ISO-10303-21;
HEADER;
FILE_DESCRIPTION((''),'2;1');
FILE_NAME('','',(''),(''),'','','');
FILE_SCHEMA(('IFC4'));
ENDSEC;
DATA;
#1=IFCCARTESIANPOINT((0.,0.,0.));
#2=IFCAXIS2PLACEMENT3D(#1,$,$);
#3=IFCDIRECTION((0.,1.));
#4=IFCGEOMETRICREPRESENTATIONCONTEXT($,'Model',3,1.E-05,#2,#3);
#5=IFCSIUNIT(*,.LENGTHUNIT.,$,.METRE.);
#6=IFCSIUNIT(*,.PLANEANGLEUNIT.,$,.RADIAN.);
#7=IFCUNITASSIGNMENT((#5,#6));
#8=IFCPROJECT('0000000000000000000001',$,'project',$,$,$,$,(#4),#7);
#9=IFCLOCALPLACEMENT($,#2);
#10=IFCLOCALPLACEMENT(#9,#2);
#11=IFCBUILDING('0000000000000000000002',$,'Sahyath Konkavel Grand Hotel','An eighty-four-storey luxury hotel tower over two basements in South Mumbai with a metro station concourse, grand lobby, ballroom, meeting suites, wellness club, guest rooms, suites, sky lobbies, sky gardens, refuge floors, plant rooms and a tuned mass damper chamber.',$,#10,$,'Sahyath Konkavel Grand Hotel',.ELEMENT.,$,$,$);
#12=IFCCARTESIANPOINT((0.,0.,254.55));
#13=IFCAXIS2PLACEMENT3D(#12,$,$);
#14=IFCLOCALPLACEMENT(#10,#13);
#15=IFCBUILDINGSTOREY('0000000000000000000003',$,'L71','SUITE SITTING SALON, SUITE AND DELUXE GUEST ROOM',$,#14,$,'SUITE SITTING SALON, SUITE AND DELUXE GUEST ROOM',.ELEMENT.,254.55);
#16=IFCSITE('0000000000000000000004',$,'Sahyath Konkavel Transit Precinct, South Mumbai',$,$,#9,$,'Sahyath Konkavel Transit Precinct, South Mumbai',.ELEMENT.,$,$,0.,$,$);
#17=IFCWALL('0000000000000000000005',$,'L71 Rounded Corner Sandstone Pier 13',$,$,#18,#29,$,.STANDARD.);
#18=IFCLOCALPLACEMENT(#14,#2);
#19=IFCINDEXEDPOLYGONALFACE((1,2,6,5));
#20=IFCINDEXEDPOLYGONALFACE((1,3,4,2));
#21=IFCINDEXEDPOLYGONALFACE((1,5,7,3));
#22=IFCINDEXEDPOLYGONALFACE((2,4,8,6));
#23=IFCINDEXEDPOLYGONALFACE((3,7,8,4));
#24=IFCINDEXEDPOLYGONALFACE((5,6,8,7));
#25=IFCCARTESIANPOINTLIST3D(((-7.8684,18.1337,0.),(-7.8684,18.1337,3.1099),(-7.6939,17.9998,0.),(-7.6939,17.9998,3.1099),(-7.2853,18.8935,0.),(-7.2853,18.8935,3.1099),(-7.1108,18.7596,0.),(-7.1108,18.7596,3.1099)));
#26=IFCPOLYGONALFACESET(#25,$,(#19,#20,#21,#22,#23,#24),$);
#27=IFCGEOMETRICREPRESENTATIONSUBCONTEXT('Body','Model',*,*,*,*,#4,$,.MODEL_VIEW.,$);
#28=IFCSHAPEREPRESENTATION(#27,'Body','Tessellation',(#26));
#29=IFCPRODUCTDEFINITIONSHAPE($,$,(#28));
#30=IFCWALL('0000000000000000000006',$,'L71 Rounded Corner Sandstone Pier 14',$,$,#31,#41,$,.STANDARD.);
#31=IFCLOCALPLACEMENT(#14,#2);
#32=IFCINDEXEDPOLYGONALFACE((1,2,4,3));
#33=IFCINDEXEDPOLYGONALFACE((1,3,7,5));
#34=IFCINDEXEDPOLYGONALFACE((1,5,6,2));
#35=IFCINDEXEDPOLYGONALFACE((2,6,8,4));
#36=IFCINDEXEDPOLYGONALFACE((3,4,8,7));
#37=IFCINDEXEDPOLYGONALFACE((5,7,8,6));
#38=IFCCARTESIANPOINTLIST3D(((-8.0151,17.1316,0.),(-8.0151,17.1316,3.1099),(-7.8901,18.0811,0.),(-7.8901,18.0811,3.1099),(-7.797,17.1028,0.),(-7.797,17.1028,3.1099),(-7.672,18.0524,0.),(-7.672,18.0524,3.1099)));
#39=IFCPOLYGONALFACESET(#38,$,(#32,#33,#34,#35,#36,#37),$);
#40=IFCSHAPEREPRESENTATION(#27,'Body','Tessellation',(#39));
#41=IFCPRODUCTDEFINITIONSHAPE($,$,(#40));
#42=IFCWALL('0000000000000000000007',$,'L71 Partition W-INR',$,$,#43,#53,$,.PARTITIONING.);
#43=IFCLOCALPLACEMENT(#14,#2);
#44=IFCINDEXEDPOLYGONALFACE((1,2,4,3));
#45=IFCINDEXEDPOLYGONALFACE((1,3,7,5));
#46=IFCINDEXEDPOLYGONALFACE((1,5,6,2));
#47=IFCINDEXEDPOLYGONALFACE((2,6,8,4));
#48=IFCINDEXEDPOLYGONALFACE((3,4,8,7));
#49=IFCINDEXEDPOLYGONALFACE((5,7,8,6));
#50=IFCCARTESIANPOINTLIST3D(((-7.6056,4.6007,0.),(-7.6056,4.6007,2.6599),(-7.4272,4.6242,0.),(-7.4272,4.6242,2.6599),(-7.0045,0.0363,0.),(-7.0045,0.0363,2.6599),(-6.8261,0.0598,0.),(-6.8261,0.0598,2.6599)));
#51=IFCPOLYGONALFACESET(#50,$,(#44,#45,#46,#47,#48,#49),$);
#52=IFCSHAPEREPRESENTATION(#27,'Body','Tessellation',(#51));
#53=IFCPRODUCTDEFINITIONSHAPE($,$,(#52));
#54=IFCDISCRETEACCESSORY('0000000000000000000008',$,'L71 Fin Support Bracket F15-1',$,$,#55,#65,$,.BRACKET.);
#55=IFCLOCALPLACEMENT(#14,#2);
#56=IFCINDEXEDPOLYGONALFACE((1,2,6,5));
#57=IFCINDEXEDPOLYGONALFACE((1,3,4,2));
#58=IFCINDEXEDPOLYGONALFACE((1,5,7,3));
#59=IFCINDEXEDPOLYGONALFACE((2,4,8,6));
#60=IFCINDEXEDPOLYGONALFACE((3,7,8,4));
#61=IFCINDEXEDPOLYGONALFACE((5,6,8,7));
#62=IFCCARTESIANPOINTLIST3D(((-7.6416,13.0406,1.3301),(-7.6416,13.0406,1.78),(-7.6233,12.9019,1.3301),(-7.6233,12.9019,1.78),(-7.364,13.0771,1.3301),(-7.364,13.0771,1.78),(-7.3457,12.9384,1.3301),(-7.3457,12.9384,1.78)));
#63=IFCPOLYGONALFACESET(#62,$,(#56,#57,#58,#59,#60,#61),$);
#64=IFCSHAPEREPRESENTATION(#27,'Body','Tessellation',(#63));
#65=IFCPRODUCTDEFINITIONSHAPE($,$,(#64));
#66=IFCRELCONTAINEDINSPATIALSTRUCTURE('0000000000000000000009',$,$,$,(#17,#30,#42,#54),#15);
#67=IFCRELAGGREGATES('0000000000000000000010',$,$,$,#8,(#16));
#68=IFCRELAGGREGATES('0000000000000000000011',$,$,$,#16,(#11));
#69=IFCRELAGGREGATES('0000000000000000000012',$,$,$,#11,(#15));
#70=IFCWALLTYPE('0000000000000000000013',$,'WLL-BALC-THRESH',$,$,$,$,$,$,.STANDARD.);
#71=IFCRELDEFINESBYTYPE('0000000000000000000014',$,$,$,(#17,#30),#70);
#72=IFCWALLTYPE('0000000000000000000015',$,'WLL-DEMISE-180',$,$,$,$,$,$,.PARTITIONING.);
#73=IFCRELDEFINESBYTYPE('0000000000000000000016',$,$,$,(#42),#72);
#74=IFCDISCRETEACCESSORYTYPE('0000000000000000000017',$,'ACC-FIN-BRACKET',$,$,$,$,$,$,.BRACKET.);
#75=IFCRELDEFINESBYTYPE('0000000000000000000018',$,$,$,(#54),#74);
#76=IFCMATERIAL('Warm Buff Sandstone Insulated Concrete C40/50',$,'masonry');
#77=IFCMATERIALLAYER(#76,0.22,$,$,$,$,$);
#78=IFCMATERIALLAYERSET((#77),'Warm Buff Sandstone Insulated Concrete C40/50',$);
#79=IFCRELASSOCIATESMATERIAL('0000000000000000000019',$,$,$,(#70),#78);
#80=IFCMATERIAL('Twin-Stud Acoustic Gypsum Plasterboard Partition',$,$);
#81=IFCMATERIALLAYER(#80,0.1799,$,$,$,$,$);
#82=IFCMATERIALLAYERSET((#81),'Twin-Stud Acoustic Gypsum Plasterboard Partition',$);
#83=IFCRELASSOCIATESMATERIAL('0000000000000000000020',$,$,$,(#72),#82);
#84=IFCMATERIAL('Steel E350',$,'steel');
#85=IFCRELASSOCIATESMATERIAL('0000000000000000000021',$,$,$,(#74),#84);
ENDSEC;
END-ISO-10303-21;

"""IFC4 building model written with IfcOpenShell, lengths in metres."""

from ifc_helpers import new_model, si_unit, direction, frame, frame_2d, origin, origin_2d, place, context, subcontext, project, spatial, rectangle, extrude, source, transform, mapped, material, layer, layer_set, type_object, element, save


model = new_model("IFC4")

# Units and contexts
model_context = context("Model", 3, precision=1e-05, world=origin(), true_north=direction((0.0, 1.0)))
body_context = subcontext(model_context, "Body", "Model", "MODEL_VIEW")
ifc_project = project(units=[si_unit("LENGTHUNIT", "METRE"), si_unit("PLANEANGLEUNIT", "RADIAN")], contexts=[model_context])

# Site, building, storey
site_placement = place(None, origin())
site = spatial("IfcSite", under=ifc_project, at=site_placement, Name="Sahyath Konkavel Transit Precinct, South Mumbai", LongName="Sahyath Konkavel Transit Precinct, South Mumbai", CompositionType="ELEMENT", RefElevation=0.0)
building_placement = place(site_placement, origin())
building = spatial("IfcBuilding", under=site, at=building_placement, Name="Sahyath Konkavel Grand Hotel", Description="An eighty-four-storey luxury hotel tower over two basements in South Mumbai with a metro station concourse, grand lobby, ballroom, meeting suites, wellness club, guest rooms, suites, sky lobbies, sky gardens, refuge floors, plant rooms and a tuned mass damper chamber.", LongName="Sahyath Konkavel Grand Hotel", CompositionType="ELEMENT")
storey_placement = place(building_placement, frame((0.0, 0.0, 254.55)))
storey = spatial("IfcBuildingStorey", under=building, at=storey_placement, Name="L71", Description="SUITE SITTING SALON, SUITE AND DELUXE GUEST ROOM", LongName="SUITE SITTING SALON, SUITE AND DELUXE GUEST ROOM", CompositionType="ELEMENT", Elevation=254.55)

# Shared definitions
ifc_material_1 = material(Name="Steel E350", Category="steel")

# Walls
ifc_material_2 = material(Name="Warm Buff Sandstone Insulated Concrete C40/50", Category="masonry")
ifc_layer_1 = layer(ifc_material_2, 0.22)
ifc_layer_set_1 = layer_set([ifc_layer_1], Name="Warm Buff Sandstone Insulated Concrete C40/50")
wall_type_1 = type_object("IfcWallType", Name="WLL-BALC-THRESH", PredefinedType="STANDARD", material=ifc_layer_set_1)
for number, where, z_axis, x_axis, name in (
    (1, (-7.198, 18.8267, 0.0), (0.0, 0.0, 1.0), (-0.608774, -0.793344, 0.0), "L71 Rounded Corner Sandstone Pier 13"),
    (2, (-7.781, 18.0669, 0.0), (0.0, 0.0, 1.0), (-0.130527, -0.991445, 0.0), "L71 Rounded Corner Sandstone Pier 14"),
):
    element("IfcWall", number, at=place(storey_placement, frame(where, z_axis=z_axis, x_axis=x_axis)), inside=storey, type_object=wall_type_1, Name=name, PredefinedType="STANDARD", context=body_context, shape_type="SweptSolid", body=[
        extrude(rectangle(XDim=0.9578, YDim=0.22, at=frame_2d((0.479, 0.0))), origin(), (0.0, 0.0, 1.0), 3.1099),
    ])
ifc_material_3 = material(Name="Twin-Stud Acoustic Gypsum Plasterboard Partition")
ifc_layer_2 = layer(ifc_material_3, 0.1799)
ifc_layer_set_2 = layer_set([ifc_layer_2], Name="Twin-Stud Acoustic Gypsum Plasterboard Partition")
wall_type_2 = type_object("IfcWallType", Name="WLL-DEMISE-180", PredefinedType="PARTITIONING", material=ifc_layer_set_2)
wall_placement = place(storey_placement, frame((-7.5164, 4.6123, 0.0), z_axis=(0.0, 0.0, 1.0), x_axis=(0.130559, -0.991441, 0.0)))
element("IfcWall", 3, at=wall_placement, inside=storey, type_object=wall_type_2, Name="L71 Partition W-INR", PredefinedType="PARTITIONING", context=body_context, shape_type="SweptSolid", body=[
    extrude(rectangle(XDim=4.6038, YDim=0.1799, at=frame_2d((2.3018, 0.0))), origin(), (0.0, 0.0, 1.0), 2.6599),
])

# Discrete accessory
discrete_accessory_type = type_object("IfcDiscreteAccessoryType", Name="ACC-FIN-BRACKET", PredefinedType="BRACKET", material=ifc_material_1)
shared_shape_1 = source(origin(), body_context, "Body", "SweptSolid", [
    extrude(rectangle(XDim=0.28, YDim=0.1399, at=origin_2d()), origin(), (0.0, 0.0, 1.0), 0.45),
])
discrete_accessory_placement = place(storey_placement, frame((-7.4937, 12.9895, 1.3301), z_axis=(0.0, 0.0, 1.0), x_axis=(-0.991445, -0.130526, 0.0)))
element("IfcDiscreteAccessory", 4, at=discrete_accessory_placement, inside=storey, type_object=discrete_accessory_type, Name="L71 Fin Support Bracket F15-1", PredefinedType="BRACKET", context=body_context, shape_type="MappedRepresentation", body=[
    mapped(shared_shape_1, transform((0.0, 0.0, 0.0), scale=1.0)),
])

save(model, "model.ifc")
